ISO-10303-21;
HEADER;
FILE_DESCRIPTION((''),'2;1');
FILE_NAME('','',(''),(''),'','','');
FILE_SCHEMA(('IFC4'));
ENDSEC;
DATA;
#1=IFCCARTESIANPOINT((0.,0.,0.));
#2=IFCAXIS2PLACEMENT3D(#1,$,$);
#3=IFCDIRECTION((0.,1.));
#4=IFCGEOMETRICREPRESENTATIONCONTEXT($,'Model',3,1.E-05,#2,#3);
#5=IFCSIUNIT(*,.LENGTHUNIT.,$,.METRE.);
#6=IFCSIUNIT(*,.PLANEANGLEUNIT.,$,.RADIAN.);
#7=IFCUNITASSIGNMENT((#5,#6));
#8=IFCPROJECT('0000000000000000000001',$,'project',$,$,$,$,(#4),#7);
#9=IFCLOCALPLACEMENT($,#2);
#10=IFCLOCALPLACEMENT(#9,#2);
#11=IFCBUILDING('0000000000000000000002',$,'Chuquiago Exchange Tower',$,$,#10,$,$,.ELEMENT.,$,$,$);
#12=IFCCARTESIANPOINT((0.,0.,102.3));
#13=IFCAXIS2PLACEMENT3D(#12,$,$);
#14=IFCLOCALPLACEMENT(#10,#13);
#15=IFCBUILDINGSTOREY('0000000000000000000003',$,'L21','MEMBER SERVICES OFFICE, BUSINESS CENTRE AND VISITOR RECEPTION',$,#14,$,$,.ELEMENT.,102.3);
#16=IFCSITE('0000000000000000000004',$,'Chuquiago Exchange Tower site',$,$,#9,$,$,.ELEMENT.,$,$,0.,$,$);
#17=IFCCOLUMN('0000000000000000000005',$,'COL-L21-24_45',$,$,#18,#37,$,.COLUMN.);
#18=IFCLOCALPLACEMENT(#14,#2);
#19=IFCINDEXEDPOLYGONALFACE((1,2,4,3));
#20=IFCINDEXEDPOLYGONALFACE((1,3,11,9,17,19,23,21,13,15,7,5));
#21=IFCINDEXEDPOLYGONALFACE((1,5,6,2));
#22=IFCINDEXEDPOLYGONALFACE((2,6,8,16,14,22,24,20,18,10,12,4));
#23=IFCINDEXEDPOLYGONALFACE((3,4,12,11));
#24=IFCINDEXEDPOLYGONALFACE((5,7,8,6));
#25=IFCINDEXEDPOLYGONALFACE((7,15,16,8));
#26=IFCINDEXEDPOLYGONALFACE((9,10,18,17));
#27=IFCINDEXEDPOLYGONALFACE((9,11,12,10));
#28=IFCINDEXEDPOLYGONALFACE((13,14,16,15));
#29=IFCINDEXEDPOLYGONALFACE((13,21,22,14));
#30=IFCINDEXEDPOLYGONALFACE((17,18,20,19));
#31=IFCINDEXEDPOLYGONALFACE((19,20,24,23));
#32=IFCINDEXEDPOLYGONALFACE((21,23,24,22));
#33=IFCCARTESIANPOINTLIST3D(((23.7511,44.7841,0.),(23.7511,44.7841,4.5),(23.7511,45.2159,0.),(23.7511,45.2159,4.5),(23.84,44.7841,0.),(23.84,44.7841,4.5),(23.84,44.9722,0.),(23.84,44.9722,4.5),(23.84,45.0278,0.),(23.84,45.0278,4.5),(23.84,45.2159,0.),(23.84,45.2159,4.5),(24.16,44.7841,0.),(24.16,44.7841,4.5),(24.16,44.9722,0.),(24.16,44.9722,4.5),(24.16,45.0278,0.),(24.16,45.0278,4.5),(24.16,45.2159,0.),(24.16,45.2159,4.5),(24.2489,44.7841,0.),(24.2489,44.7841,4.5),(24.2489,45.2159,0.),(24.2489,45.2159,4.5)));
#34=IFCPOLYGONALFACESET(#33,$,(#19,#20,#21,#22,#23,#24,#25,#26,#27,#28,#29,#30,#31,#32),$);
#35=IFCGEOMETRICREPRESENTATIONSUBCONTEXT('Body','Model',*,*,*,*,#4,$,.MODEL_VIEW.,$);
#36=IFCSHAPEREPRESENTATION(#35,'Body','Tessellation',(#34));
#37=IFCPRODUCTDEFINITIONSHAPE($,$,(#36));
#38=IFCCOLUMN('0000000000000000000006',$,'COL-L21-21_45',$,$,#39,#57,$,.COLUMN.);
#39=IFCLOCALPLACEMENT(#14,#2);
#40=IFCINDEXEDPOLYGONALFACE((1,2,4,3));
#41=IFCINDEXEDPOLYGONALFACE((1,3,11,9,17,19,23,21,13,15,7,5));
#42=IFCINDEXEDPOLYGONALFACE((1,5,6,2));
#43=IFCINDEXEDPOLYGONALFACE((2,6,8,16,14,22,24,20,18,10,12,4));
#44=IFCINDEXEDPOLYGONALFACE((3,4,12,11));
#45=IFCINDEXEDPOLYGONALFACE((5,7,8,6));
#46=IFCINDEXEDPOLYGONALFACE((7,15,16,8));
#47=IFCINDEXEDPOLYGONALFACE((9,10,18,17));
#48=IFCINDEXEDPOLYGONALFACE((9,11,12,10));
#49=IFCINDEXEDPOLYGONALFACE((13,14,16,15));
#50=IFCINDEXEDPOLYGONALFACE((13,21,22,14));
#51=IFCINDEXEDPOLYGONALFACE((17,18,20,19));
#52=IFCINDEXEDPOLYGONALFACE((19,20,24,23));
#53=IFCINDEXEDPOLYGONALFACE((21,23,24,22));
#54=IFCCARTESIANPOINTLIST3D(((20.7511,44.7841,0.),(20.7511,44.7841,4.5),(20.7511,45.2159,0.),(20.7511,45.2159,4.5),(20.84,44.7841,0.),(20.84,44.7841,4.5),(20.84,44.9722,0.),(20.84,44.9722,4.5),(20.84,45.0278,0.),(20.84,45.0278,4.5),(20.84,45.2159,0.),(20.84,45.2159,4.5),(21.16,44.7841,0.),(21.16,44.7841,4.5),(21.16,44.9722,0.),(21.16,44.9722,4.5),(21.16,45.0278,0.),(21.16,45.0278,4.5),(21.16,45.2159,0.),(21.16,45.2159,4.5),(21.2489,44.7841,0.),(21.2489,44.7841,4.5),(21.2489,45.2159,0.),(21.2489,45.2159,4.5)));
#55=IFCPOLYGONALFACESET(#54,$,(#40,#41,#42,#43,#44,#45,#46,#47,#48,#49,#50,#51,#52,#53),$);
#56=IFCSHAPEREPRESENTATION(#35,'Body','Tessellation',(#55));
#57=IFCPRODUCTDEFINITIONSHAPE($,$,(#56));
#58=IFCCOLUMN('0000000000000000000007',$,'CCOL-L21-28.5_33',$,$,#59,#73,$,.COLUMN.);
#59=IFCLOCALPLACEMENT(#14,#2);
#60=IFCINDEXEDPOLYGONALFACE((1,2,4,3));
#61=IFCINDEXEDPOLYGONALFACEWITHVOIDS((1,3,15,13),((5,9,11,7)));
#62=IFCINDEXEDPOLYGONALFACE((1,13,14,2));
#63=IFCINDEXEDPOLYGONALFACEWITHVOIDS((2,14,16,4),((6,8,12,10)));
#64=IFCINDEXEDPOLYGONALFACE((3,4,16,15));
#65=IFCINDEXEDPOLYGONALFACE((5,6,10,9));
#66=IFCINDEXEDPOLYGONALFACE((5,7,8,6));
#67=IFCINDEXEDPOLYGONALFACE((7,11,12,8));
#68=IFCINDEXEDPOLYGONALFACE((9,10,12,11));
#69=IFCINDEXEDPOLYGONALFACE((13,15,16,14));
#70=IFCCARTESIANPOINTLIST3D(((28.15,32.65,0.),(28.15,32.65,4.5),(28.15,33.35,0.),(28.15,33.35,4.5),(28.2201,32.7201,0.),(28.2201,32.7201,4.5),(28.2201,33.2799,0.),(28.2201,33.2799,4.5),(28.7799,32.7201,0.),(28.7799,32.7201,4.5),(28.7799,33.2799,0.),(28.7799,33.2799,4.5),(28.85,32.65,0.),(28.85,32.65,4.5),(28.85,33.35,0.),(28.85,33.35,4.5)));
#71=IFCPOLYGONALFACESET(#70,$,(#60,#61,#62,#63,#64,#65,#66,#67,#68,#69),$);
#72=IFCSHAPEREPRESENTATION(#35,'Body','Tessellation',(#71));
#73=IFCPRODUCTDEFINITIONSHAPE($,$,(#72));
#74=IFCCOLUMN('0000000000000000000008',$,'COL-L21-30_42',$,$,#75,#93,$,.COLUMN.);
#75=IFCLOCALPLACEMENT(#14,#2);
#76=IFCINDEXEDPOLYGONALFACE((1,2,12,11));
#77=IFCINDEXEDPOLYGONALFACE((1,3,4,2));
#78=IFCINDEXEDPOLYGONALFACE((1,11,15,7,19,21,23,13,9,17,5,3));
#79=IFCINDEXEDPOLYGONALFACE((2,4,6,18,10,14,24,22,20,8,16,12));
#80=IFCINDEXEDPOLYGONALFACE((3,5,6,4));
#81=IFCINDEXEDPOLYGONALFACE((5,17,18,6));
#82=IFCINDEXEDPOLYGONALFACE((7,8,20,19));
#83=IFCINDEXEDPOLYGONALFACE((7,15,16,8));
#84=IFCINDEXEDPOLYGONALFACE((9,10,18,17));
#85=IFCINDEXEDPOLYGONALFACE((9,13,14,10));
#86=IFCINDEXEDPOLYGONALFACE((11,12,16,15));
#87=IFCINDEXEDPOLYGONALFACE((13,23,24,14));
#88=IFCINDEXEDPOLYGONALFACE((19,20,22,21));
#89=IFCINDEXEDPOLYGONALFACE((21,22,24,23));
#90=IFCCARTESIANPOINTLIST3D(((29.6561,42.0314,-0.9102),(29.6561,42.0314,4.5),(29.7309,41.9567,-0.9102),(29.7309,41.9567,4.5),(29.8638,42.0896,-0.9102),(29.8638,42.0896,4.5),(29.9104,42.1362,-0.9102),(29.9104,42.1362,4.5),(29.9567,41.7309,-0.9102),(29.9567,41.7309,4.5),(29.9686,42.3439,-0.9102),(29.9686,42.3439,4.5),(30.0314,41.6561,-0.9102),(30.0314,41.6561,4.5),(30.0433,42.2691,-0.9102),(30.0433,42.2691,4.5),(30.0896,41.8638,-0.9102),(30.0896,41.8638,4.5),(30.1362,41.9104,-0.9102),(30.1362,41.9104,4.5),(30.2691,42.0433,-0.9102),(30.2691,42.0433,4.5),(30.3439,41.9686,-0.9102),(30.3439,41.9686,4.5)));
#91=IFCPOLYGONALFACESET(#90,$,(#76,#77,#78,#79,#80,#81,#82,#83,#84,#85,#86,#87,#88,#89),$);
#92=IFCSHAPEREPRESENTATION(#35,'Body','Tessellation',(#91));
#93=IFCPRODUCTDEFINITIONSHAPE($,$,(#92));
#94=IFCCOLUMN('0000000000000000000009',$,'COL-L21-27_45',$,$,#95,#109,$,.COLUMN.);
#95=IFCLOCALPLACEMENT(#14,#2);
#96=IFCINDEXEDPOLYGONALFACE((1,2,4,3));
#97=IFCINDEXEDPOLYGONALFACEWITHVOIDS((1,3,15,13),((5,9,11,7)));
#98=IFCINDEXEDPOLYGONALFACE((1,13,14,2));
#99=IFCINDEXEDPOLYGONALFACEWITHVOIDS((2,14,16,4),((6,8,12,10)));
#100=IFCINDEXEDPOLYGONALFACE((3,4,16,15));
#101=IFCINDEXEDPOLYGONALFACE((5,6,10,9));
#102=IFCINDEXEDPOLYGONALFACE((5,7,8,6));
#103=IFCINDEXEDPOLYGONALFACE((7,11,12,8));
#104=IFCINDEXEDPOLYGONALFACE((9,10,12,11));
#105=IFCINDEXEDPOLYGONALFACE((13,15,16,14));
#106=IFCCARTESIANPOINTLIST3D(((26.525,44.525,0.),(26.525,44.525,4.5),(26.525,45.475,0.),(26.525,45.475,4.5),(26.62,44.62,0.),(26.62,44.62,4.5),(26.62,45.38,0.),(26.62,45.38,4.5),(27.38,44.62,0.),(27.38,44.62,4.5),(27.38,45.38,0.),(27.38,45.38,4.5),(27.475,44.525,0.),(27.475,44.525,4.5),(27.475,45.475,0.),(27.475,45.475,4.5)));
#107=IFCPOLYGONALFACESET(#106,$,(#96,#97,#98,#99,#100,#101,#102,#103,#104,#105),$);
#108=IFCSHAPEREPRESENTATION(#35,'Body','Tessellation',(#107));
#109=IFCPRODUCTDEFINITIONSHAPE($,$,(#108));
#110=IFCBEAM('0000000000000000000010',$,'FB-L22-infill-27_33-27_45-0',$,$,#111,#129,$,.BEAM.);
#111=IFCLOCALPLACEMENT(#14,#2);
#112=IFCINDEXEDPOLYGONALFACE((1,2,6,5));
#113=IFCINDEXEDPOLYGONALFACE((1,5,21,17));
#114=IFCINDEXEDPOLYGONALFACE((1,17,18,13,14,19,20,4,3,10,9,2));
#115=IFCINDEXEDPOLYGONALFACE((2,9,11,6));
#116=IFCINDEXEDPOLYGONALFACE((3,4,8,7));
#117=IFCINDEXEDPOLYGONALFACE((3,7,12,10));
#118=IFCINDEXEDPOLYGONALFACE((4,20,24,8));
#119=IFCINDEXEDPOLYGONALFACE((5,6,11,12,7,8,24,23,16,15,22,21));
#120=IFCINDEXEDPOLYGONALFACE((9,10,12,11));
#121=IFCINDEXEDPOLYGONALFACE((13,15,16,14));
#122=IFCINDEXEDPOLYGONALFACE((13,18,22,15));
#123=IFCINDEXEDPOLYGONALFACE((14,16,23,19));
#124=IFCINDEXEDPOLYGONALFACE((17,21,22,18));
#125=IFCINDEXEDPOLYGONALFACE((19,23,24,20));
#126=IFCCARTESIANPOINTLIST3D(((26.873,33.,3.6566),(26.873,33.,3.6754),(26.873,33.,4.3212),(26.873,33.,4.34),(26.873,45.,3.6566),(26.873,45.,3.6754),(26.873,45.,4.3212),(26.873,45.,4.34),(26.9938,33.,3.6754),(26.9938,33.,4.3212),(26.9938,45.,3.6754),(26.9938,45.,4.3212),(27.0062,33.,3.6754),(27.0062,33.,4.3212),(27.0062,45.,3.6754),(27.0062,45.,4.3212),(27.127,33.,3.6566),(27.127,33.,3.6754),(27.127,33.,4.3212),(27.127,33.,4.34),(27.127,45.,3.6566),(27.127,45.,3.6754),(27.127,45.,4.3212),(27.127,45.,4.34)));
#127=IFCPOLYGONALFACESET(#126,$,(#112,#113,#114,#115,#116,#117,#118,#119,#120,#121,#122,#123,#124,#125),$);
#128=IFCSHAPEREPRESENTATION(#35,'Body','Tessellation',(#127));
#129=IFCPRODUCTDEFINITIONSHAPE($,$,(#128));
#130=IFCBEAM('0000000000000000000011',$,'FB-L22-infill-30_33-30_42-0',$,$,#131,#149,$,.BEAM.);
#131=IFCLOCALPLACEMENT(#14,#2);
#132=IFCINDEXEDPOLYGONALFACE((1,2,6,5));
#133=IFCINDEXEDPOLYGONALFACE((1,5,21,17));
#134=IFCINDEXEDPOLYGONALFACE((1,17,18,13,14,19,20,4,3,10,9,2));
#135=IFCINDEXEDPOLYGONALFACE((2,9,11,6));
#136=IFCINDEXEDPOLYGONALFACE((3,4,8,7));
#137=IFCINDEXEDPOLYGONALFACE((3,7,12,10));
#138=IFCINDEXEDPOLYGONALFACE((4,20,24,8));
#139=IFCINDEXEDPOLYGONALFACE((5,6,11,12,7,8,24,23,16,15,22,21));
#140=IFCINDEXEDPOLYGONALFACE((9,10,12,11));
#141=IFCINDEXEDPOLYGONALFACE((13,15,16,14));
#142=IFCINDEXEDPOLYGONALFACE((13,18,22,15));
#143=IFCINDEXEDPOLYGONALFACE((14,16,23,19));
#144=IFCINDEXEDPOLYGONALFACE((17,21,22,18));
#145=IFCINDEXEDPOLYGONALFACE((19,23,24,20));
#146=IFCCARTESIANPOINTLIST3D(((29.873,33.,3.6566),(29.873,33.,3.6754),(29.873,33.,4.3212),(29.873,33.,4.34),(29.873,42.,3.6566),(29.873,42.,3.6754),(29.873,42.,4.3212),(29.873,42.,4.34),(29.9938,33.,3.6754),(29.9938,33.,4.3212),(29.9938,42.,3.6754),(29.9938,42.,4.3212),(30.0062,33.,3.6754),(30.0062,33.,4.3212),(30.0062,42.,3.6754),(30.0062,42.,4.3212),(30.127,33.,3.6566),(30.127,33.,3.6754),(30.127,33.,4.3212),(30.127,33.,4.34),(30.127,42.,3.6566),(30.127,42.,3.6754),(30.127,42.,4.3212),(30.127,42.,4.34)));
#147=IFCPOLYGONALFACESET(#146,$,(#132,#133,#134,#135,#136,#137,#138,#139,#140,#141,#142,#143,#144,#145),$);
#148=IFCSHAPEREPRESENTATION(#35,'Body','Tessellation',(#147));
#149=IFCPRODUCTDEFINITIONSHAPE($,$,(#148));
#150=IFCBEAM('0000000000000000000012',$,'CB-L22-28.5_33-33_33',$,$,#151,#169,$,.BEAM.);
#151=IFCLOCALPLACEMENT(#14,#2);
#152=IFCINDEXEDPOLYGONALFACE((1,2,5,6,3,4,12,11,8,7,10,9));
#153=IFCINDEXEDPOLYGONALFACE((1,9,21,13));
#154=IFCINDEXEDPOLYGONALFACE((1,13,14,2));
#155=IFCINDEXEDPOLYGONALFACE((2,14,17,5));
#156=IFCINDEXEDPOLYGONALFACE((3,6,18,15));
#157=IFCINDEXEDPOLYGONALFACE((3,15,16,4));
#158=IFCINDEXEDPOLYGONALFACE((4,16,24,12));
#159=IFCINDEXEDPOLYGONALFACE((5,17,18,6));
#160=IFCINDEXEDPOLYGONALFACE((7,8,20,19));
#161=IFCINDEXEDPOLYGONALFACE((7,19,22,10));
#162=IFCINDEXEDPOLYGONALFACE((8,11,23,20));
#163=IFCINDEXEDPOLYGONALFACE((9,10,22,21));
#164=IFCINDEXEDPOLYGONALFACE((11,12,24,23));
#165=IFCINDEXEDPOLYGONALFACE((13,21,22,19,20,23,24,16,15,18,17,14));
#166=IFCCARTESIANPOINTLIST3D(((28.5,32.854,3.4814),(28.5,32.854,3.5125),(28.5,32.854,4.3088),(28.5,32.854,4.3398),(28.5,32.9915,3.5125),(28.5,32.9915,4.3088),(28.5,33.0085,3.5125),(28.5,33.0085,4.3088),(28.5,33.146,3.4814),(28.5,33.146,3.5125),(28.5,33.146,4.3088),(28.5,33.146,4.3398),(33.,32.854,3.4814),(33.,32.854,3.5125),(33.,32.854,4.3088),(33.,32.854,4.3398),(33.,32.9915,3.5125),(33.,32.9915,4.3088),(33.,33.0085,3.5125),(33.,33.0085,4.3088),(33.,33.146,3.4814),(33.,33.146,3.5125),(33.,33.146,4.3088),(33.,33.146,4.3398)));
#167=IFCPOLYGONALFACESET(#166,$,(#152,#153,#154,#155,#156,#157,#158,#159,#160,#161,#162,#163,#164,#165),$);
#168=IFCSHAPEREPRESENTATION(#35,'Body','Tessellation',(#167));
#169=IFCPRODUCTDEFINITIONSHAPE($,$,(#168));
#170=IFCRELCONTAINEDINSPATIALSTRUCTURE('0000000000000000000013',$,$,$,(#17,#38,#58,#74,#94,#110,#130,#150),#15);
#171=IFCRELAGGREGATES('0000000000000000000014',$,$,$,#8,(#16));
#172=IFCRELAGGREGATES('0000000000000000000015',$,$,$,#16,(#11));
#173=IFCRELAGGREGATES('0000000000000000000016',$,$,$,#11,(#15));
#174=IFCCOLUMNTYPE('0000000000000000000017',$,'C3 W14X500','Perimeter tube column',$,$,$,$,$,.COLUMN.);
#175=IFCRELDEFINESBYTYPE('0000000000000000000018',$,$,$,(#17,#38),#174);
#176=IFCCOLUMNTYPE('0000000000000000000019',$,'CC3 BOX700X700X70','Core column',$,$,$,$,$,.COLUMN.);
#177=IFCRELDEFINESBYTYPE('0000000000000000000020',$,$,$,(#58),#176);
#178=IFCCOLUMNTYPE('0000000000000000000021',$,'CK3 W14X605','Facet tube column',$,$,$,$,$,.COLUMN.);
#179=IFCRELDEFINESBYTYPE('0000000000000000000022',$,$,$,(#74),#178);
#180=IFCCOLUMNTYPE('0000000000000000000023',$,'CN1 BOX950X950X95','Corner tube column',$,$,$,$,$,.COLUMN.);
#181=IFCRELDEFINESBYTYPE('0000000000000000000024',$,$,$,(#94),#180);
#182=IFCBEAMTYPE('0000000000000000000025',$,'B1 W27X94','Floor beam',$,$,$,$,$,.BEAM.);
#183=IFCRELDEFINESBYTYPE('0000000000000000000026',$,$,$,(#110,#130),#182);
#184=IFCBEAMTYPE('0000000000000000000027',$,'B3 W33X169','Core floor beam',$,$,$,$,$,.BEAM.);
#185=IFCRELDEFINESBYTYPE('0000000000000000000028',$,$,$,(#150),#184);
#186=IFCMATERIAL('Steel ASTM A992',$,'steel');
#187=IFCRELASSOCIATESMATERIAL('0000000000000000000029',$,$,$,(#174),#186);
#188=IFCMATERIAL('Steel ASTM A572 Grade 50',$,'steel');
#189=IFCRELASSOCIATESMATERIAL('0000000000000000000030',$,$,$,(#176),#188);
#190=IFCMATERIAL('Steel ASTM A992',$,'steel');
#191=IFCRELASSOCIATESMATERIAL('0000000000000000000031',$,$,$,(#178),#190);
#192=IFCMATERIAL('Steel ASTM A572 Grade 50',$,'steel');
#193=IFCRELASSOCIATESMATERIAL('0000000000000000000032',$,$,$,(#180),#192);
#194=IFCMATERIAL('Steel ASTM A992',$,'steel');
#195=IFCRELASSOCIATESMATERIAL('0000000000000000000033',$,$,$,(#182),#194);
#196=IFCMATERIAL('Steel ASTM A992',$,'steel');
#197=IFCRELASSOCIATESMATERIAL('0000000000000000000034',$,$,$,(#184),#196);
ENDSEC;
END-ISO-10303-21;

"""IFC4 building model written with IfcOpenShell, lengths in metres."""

from ifc_helpers import new_model, si_unit, direction, frame, origin, origin_2d, place, context, subcontext, project, spatial, hollow_rectangle, i_section, extrude, material, material_profile, profile_set, type_object, element, save


model = new_model("IFC4")

# Units and contexts
model_context = context("Model", 3, precision=1e-05, world=origin(), true_north=direction((0.0, 1.0)))
body_context = subcontext(model_context, "Body", "Model", "MODEL_VIEW")
ifc_project = project(units=[si_unit("LENGTHUNIT", "METRE"), si_unit("PLANEANGLEUNIT", "RADIAN")], contexts=[model_context])

# Site, building, storey
site_placement = place(None, origin())
site = spatial("IfcSite", under=ifc_project, at=site_placement, Name="Chuquiago Exchange Tower site", CompositionType="ELEMENT", RefElevation=0.0)
building_placement = place(site_placement, origin())
building = spatial("IfcBuilding", under=site, at=building_placement, Name="Chuquiago Exchange Tower", CompositionType="ELEMENT")
storey_placement = place(building_placement, frame((0.0, 0.0, 102.3)))
storey = spatial("IfcBuildingStorey", under=building, at=storey_placement, Name="L21", Description="MEMBER SERVICES OFFICE, BUSINESS CENTRE AND VISITOR RECEPTION", CompositionType="ELEMENT", Elevation=102.3)

# Columns
ifc_material_1 = material(Name="Steel ASTM A992", Category="steel")
ifc_material_profile_1 = material_profile(ifc_material_1, i_section(OverallWidth=0.4319, OverallDepth=0.4978, WebThickness=0.0557, FlangeThickness=0.0889, at=origin_2d()), Name="W14X500")
ifc_profile_set_1 = profile_set([ifc_material_profile_1], Name="Steel ASTM A992")
column_type_1 = type_object("IfcColumnType", Name="C3 W14X500", Description="Perimeter tube column", PredefinedType="COLUMN", material=ifc_profile_set_1)
for number, where, z_axis, x_axis, name in (
    (1, (24.0, 45.0, 0.0), (0.0, 0.0, 1.0), (0.0, 1.0, 0.0), "COL-L21-24_45"),
    (2, (21.0, 45.0, 0.0), (0.0, 0.0, 1.0), (0.0, 1.0, 0.0), "COL-L21-21_45"),
):
    element("IfcColumn", number, at=place(storey_placement, frame(where, z_axis=z_axis, x_axis=x_axis)), inside=storey, type_object=column_type_1, Name=name, PredefinedType="COLUMN", context=body_context, shape_type="SweptSolid", body=[
        extrude(i_section(OverallWidth=0.4319, OverallDepth=0.4978, WebThickness=0.0557, FlangeThickness=0.0889, at=origin_2d()), origin(), (0.0, 0.0, 1.0), 4.5),
    ])
ifc_material_2 = material(Name="Steel ASTM A572 Grade 50", Category="steel")
ifc_material_profile_2 = material_profile(ifc_material_2, hollow_rectangle(XDim=0.7, YDim=0.7, WallThickness=0.0701, at=origin_2d()), Name="BOX700X700X70")
ifc_profile_set_2 = profile_set([ifc_material_profile_2], Name="Steel ASTM A572 Grade 50")
column_type_2 = type_object("IfcColumnType", Name="CC3 BOX700X700X70", Description="Core column", PredefinedType="COLUMN", material=ifc_profile_set_2)
column_1_placement = place(storey_placement, frame((28.5, 33.0, 0.0), z_axis=(0.0, 0.0, 1.0), x_axis=(1.0, 0.0, 0.0)))
element("IfcColumn", 3, at=column_1_placement, inside=storey, type_object=column_type_2, Name="CCOL-L21-28.5_33", PredefinedType="COLUMN", context=body_context, shape_type="SweptSolid", body=[
    extrude(hollow_rectangle(XDim=0.7, YDim=0.7, WallThickness=0.0701, at=origin_2d()), origin(), (0.0, 0.0, 1.0), 4.5),
])
ifc_material_3 = material(Name="Steel ASTM A992", Category="steel")
ifc_material_profile_3 = material_profile(ifc_material_3, i_section(OverallWidth=0.4419, OverallDepth=0.5308, WebThickness=0.0659, FlangeThickness=0.1057, at=origin_2d()), Name="W14X605")
ifc_profile_set_3 = profile_set([ifc_material_profile_3], Name="Steel ASTM A992")
column_type_3 = type_object("IfcColumnType", Name="CK3 W14X605", Description="Facet tube column", PredefinedType="COLUMN", material=ifc_profile_set_3)
column_2_placement = place(storey_placement, frame((30.0, 42.0, -0.9102), z_axis=(0.0, 0.0, 1.0), x_axis=(0.707107, 0.707107, 0.0)))
element("IfcColumn", 4, at=column_2_placement, inside=storey, type_object=column_type_3, Name="COL-L21-30_42", PredefinedType="COLUMN", context=body_context, shape_type="SweptSolid", body=[
    extrude(i_section(OverallWidth=0.4419, OverallDepth=0.5308, WebThickness=0.0659, FlangeThickness=0.1057, at=origin_2d()), origin(), (0.0, 0.0, 1.0), 5.4102),
])
ifc_material_4 = material(Name="Steel ASTM A572 Grade 50", Category="steel")
ifc_material_profile_4 = material_profile(ifc_material_4, hollow_rectangle(XDim=0.95, YDim=0.95, WallThickness=0.095, at=origin_2d()), Name="BOX950X950X95")
ifc_profile_set_4 = profile_set([ifc_material_profile_4], Name="Steel ASTM A572 Grade 50")
column_type_4 = type_object("IfcColumnType", Name="CN1 BOX950X950X95", Description="Corner tube column", PredefinedType="COLUMN", material=ifc_profile_set_4)
column_3_placement = place(storey_placement, frame((27.0, 45.0, 0.0), z_axis=(0.0, 0.0, 1.0), x_axis=(0.0, 1.0, 0.0)))
element("IfcColumn", 5, at=column_3_placement, inside=storey, type_object=column_type_4, Name="COL-L21-27_45", PredefinedType="COLUMN", context=body_context, shape_type="SweptSolid", body=[
    extrude(hollow_rectangle(XDim=0.95, YDim=0.95, WallThickness=0.095, at=origin_2d()), origin(), (0.0, 0.0, 1.0), 4.5),
])

# Beams
ifc_material_5 = material(Name="Steel ASTM A992", Category="steel")
ifc_material_profile_5 = material_profile(ifc_material_5, i_section(OverallWidth=0.2539, OverallDepth=0.6833, WebThickness=0.0125, FlangeThickness=0.0188, at=origin_2d()), Name="W27X94")
ifc_profile_set_5 = profile_set([ifc_material_profile_5], Name="Steel ASTM A992")
beam_type_1 = type_object("IfcBeamType", Name="B1 W27X94", Description="Floor beam", PredefinedType="BEAM", material=ifc_profile_set_5)
beam_1_placement = place(storey_placement, frame((27.0, 33.0, 3.9983), z_axis=(0.0, 1.0, 0.0), x_axis=(-1.0, 0.0, 0.0)))
element("IfcBeam", 6, at=beam_1_placement, inside=storey, type_object=beam_type_1, Name="FB-L22-infill-27_33-27_45-0", PredefinedType="BEAM", context=body_context, shape_type="SweptSolid", body=[
    extrude(i_section(OverallWidth=0.2539, OverallDepth=0.6833, WebThickness=0.0125, FlangeThickness=0.0188, at=origin_2d()), origin(), (0.0, 0.0, 1.0), 12.0),
])
beam_2_placement = place(storey_placement, frame((30.0, 33.0, 3.9983), z_axis=(0.0, 1.0, 0.0), x_axis=(-1.0, 0.0, 0.0)))
element("IfcBeam", 7, at=beam_2_placement, inside=storey, type_object=beam_type_1, Name="FB-L22-infill-30_33-30_42-0", PredefinedType="BEAM", context=body_context, shape_type="SweptSolid", body=[
    extrude(i_section(OverallWidth=0.2539, OverallDepth=0.6833, WebThickness=0.0125, FlangeThickness=0.0188, at=origin_2d()), origin(), (0.0, 0.0, 1.0), 9.0),
])
ifc_material_6 = material(Name="Steel ASTM A992", Category="steel")
ifc_material_profile_6 = material_profile(ifc_material_6, i_section(OverallWidth=0.292, OverallDepth=0.8584, WebThickness=0.0171, FlangeThickness=0.031, at=origin_2d()), Name="W33X169")
ifc_profile_set_6 = profile_set([ifc_material_profile_6], Name="Steel ASTM A992")
beam_type_2 = type_object("IfcBeamType", Name="B3 W33X169", Description="Core floor beam", PredefinedType="BEAM", material=ifc_profile_set_6)
beam_3_placement = place(storey_placement, frame((28.5, 33.0, 3.9106), z_axis=(1.0, 0.0, 0.0), x_axis=(0.0, 1.0, 0.0)))
element("IfcBeam", 8, at=beam_3_placement, inside=storey, type_object=beam_type_2, Name="CB-L22-28.5_33-33_33", PredefinedType="BEAM", context=body_context, shape_type="SweptSolid", body=[
    extrude(i_section(OverallWidth=0.292, OverallDepth=0.8584, WebThickness=0.0171, FlangeThickness=0.031, at=origin_2d()), origin(), (0.0, 0.0, 1.0), 4.5),
])

save(model, "model.ifc")
